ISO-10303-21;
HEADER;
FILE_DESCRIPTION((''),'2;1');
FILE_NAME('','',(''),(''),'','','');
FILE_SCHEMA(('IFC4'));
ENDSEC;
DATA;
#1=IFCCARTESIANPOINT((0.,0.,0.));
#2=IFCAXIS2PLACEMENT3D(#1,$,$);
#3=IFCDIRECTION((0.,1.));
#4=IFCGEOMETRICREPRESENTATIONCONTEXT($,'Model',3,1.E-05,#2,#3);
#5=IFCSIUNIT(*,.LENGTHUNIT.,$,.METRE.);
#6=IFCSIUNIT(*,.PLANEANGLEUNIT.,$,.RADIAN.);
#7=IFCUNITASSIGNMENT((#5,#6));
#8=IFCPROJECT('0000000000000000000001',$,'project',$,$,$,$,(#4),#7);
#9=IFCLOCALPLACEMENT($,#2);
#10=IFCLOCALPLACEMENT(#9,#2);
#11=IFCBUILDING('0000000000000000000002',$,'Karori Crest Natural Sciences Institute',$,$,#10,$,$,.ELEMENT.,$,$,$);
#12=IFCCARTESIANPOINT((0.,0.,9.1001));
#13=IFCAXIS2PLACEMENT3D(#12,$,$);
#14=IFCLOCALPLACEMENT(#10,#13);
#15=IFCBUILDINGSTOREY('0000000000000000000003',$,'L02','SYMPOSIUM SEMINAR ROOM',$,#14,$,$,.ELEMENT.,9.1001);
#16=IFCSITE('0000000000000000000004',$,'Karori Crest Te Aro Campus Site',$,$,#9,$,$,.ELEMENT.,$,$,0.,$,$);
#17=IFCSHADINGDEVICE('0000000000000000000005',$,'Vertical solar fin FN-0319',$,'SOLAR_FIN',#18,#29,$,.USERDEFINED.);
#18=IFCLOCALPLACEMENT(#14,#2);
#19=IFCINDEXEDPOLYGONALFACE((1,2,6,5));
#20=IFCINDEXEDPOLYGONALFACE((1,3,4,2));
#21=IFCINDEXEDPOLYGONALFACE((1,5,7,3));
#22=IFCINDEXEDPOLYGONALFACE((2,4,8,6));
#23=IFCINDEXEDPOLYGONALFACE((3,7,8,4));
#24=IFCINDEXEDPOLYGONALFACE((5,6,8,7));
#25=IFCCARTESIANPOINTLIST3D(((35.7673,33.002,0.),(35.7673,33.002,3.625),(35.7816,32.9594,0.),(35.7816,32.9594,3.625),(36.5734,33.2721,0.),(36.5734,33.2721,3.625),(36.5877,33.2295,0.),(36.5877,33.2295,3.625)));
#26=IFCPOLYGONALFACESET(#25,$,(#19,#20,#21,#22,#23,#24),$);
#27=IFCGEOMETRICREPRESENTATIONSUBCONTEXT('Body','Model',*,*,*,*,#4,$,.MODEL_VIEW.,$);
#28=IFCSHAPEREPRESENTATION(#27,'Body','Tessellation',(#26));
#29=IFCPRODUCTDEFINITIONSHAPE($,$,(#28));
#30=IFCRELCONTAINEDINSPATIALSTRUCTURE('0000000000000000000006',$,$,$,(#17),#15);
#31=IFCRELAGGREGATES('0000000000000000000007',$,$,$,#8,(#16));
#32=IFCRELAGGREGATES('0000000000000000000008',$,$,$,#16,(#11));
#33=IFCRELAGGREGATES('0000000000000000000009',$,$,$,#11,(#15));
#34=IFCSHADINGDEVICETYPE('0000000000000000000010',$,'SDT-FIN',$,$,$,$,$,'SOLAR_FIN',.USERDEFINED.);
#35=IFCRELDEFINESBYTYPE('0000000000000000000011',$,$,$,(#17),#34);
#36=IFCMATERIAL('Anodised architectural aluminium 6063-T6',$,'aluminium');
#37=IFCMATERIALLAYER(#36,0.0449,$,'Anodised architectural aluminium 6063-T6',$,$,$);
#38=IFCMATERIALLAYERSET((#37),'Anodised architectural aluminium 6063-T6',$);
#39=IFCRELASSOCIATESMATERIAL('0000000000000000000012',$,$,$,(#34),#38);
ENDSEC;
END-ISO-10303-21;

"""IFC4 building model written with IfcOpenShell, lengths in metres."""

from ifc_helpers import new_model, si_unit, direction, frame, origin, origin_2d, place, context, subcontext, project, spatial, rectangle, extrude, material, layer, layer_set, type_object, element, save


model = new_model("IFC4")

# Units and contexts
model_context = context("Model", 3, precision=1e-05, world=origin(), true_north=direction((0.0, 1.0)))
body_context = subcontext(model_context, "Body", "Model", "MODEL_VIEW")
ifc_project = project(units=[si_unit("LENGTHUNIT", "METRE"), si_unit("PLANEANGLEUNIT", "RADIAN")], contexts=[model_context])

# Site, building, storey
site_placement = place(None, origin())
site = spatial("IfcSite", under=ifc_project, at=site_placement, Name="Karori Crest Te Aro Campus Site", CompositionType="ELEMENT", RefElevation=0.0)
building_placement = place(site_placement, origin())
building = spatial("IfcBuilding", under=site, at=building_placement, Name="Karori Crest Natural Sciences Institute", CompositionType="ELEMENT")
storey_placement = place(building_placement, frame((0.0, 0.0, 9.1001)))
storey = spatial("IfcBuildingStorey", under=building, at=storey_placement, Name="L02", Description="SYMPOSIUM SEMINAR ROOM", CompositionType="ELEMENT", Elevation=9.1001)

# Shared definitions
ifc_material_1 = material(Name="Anodised architectural aluminium 6063-T6", Category="aluminium")

# Shading device
ifc_layer_1 = layer(ifc_material_1, 0.0449, Name="Anodised architectural aluminium 6063-T6")
ifc_layer_set_1 = layer_set([ifc_layer_1], Name="Anodised architectural aluminium 6063-T6")
shading_device_type = type_object("IfcShadingDeviceType", Name="SDT-FIN", ElementType="SOLAR_FIN", PredefinedType="USERDEFINED", material=ifc_layer_set_1)
for number, where, z_axis, x_axis, name in (
    (1, (36.1775, 33.1157, 0.0), (0.0, 0.0, 1.0), (-0.948196, -0.317685, 0.0), "Vertical solar fin FN-0319"),
):
    element("IfcShadingDevice", number, at=place(storey_placement, frame(where, z_axis=z_axis, x_axis=x_axis)), inside=storey, type_object=shading_device_type, Name=name, ObjectType="SOLAR_FIN", PredefinedType="USERDEFINED", context=body_context, shape_type="SweptSolid", body=[
        extrude(rectangle(XDim=0.8501, YDim=0.0449, at=origin_2d()), origin(), (0.0, 0.0, 1.0), 3.625),
    ])

save(model, "model.ifc")
